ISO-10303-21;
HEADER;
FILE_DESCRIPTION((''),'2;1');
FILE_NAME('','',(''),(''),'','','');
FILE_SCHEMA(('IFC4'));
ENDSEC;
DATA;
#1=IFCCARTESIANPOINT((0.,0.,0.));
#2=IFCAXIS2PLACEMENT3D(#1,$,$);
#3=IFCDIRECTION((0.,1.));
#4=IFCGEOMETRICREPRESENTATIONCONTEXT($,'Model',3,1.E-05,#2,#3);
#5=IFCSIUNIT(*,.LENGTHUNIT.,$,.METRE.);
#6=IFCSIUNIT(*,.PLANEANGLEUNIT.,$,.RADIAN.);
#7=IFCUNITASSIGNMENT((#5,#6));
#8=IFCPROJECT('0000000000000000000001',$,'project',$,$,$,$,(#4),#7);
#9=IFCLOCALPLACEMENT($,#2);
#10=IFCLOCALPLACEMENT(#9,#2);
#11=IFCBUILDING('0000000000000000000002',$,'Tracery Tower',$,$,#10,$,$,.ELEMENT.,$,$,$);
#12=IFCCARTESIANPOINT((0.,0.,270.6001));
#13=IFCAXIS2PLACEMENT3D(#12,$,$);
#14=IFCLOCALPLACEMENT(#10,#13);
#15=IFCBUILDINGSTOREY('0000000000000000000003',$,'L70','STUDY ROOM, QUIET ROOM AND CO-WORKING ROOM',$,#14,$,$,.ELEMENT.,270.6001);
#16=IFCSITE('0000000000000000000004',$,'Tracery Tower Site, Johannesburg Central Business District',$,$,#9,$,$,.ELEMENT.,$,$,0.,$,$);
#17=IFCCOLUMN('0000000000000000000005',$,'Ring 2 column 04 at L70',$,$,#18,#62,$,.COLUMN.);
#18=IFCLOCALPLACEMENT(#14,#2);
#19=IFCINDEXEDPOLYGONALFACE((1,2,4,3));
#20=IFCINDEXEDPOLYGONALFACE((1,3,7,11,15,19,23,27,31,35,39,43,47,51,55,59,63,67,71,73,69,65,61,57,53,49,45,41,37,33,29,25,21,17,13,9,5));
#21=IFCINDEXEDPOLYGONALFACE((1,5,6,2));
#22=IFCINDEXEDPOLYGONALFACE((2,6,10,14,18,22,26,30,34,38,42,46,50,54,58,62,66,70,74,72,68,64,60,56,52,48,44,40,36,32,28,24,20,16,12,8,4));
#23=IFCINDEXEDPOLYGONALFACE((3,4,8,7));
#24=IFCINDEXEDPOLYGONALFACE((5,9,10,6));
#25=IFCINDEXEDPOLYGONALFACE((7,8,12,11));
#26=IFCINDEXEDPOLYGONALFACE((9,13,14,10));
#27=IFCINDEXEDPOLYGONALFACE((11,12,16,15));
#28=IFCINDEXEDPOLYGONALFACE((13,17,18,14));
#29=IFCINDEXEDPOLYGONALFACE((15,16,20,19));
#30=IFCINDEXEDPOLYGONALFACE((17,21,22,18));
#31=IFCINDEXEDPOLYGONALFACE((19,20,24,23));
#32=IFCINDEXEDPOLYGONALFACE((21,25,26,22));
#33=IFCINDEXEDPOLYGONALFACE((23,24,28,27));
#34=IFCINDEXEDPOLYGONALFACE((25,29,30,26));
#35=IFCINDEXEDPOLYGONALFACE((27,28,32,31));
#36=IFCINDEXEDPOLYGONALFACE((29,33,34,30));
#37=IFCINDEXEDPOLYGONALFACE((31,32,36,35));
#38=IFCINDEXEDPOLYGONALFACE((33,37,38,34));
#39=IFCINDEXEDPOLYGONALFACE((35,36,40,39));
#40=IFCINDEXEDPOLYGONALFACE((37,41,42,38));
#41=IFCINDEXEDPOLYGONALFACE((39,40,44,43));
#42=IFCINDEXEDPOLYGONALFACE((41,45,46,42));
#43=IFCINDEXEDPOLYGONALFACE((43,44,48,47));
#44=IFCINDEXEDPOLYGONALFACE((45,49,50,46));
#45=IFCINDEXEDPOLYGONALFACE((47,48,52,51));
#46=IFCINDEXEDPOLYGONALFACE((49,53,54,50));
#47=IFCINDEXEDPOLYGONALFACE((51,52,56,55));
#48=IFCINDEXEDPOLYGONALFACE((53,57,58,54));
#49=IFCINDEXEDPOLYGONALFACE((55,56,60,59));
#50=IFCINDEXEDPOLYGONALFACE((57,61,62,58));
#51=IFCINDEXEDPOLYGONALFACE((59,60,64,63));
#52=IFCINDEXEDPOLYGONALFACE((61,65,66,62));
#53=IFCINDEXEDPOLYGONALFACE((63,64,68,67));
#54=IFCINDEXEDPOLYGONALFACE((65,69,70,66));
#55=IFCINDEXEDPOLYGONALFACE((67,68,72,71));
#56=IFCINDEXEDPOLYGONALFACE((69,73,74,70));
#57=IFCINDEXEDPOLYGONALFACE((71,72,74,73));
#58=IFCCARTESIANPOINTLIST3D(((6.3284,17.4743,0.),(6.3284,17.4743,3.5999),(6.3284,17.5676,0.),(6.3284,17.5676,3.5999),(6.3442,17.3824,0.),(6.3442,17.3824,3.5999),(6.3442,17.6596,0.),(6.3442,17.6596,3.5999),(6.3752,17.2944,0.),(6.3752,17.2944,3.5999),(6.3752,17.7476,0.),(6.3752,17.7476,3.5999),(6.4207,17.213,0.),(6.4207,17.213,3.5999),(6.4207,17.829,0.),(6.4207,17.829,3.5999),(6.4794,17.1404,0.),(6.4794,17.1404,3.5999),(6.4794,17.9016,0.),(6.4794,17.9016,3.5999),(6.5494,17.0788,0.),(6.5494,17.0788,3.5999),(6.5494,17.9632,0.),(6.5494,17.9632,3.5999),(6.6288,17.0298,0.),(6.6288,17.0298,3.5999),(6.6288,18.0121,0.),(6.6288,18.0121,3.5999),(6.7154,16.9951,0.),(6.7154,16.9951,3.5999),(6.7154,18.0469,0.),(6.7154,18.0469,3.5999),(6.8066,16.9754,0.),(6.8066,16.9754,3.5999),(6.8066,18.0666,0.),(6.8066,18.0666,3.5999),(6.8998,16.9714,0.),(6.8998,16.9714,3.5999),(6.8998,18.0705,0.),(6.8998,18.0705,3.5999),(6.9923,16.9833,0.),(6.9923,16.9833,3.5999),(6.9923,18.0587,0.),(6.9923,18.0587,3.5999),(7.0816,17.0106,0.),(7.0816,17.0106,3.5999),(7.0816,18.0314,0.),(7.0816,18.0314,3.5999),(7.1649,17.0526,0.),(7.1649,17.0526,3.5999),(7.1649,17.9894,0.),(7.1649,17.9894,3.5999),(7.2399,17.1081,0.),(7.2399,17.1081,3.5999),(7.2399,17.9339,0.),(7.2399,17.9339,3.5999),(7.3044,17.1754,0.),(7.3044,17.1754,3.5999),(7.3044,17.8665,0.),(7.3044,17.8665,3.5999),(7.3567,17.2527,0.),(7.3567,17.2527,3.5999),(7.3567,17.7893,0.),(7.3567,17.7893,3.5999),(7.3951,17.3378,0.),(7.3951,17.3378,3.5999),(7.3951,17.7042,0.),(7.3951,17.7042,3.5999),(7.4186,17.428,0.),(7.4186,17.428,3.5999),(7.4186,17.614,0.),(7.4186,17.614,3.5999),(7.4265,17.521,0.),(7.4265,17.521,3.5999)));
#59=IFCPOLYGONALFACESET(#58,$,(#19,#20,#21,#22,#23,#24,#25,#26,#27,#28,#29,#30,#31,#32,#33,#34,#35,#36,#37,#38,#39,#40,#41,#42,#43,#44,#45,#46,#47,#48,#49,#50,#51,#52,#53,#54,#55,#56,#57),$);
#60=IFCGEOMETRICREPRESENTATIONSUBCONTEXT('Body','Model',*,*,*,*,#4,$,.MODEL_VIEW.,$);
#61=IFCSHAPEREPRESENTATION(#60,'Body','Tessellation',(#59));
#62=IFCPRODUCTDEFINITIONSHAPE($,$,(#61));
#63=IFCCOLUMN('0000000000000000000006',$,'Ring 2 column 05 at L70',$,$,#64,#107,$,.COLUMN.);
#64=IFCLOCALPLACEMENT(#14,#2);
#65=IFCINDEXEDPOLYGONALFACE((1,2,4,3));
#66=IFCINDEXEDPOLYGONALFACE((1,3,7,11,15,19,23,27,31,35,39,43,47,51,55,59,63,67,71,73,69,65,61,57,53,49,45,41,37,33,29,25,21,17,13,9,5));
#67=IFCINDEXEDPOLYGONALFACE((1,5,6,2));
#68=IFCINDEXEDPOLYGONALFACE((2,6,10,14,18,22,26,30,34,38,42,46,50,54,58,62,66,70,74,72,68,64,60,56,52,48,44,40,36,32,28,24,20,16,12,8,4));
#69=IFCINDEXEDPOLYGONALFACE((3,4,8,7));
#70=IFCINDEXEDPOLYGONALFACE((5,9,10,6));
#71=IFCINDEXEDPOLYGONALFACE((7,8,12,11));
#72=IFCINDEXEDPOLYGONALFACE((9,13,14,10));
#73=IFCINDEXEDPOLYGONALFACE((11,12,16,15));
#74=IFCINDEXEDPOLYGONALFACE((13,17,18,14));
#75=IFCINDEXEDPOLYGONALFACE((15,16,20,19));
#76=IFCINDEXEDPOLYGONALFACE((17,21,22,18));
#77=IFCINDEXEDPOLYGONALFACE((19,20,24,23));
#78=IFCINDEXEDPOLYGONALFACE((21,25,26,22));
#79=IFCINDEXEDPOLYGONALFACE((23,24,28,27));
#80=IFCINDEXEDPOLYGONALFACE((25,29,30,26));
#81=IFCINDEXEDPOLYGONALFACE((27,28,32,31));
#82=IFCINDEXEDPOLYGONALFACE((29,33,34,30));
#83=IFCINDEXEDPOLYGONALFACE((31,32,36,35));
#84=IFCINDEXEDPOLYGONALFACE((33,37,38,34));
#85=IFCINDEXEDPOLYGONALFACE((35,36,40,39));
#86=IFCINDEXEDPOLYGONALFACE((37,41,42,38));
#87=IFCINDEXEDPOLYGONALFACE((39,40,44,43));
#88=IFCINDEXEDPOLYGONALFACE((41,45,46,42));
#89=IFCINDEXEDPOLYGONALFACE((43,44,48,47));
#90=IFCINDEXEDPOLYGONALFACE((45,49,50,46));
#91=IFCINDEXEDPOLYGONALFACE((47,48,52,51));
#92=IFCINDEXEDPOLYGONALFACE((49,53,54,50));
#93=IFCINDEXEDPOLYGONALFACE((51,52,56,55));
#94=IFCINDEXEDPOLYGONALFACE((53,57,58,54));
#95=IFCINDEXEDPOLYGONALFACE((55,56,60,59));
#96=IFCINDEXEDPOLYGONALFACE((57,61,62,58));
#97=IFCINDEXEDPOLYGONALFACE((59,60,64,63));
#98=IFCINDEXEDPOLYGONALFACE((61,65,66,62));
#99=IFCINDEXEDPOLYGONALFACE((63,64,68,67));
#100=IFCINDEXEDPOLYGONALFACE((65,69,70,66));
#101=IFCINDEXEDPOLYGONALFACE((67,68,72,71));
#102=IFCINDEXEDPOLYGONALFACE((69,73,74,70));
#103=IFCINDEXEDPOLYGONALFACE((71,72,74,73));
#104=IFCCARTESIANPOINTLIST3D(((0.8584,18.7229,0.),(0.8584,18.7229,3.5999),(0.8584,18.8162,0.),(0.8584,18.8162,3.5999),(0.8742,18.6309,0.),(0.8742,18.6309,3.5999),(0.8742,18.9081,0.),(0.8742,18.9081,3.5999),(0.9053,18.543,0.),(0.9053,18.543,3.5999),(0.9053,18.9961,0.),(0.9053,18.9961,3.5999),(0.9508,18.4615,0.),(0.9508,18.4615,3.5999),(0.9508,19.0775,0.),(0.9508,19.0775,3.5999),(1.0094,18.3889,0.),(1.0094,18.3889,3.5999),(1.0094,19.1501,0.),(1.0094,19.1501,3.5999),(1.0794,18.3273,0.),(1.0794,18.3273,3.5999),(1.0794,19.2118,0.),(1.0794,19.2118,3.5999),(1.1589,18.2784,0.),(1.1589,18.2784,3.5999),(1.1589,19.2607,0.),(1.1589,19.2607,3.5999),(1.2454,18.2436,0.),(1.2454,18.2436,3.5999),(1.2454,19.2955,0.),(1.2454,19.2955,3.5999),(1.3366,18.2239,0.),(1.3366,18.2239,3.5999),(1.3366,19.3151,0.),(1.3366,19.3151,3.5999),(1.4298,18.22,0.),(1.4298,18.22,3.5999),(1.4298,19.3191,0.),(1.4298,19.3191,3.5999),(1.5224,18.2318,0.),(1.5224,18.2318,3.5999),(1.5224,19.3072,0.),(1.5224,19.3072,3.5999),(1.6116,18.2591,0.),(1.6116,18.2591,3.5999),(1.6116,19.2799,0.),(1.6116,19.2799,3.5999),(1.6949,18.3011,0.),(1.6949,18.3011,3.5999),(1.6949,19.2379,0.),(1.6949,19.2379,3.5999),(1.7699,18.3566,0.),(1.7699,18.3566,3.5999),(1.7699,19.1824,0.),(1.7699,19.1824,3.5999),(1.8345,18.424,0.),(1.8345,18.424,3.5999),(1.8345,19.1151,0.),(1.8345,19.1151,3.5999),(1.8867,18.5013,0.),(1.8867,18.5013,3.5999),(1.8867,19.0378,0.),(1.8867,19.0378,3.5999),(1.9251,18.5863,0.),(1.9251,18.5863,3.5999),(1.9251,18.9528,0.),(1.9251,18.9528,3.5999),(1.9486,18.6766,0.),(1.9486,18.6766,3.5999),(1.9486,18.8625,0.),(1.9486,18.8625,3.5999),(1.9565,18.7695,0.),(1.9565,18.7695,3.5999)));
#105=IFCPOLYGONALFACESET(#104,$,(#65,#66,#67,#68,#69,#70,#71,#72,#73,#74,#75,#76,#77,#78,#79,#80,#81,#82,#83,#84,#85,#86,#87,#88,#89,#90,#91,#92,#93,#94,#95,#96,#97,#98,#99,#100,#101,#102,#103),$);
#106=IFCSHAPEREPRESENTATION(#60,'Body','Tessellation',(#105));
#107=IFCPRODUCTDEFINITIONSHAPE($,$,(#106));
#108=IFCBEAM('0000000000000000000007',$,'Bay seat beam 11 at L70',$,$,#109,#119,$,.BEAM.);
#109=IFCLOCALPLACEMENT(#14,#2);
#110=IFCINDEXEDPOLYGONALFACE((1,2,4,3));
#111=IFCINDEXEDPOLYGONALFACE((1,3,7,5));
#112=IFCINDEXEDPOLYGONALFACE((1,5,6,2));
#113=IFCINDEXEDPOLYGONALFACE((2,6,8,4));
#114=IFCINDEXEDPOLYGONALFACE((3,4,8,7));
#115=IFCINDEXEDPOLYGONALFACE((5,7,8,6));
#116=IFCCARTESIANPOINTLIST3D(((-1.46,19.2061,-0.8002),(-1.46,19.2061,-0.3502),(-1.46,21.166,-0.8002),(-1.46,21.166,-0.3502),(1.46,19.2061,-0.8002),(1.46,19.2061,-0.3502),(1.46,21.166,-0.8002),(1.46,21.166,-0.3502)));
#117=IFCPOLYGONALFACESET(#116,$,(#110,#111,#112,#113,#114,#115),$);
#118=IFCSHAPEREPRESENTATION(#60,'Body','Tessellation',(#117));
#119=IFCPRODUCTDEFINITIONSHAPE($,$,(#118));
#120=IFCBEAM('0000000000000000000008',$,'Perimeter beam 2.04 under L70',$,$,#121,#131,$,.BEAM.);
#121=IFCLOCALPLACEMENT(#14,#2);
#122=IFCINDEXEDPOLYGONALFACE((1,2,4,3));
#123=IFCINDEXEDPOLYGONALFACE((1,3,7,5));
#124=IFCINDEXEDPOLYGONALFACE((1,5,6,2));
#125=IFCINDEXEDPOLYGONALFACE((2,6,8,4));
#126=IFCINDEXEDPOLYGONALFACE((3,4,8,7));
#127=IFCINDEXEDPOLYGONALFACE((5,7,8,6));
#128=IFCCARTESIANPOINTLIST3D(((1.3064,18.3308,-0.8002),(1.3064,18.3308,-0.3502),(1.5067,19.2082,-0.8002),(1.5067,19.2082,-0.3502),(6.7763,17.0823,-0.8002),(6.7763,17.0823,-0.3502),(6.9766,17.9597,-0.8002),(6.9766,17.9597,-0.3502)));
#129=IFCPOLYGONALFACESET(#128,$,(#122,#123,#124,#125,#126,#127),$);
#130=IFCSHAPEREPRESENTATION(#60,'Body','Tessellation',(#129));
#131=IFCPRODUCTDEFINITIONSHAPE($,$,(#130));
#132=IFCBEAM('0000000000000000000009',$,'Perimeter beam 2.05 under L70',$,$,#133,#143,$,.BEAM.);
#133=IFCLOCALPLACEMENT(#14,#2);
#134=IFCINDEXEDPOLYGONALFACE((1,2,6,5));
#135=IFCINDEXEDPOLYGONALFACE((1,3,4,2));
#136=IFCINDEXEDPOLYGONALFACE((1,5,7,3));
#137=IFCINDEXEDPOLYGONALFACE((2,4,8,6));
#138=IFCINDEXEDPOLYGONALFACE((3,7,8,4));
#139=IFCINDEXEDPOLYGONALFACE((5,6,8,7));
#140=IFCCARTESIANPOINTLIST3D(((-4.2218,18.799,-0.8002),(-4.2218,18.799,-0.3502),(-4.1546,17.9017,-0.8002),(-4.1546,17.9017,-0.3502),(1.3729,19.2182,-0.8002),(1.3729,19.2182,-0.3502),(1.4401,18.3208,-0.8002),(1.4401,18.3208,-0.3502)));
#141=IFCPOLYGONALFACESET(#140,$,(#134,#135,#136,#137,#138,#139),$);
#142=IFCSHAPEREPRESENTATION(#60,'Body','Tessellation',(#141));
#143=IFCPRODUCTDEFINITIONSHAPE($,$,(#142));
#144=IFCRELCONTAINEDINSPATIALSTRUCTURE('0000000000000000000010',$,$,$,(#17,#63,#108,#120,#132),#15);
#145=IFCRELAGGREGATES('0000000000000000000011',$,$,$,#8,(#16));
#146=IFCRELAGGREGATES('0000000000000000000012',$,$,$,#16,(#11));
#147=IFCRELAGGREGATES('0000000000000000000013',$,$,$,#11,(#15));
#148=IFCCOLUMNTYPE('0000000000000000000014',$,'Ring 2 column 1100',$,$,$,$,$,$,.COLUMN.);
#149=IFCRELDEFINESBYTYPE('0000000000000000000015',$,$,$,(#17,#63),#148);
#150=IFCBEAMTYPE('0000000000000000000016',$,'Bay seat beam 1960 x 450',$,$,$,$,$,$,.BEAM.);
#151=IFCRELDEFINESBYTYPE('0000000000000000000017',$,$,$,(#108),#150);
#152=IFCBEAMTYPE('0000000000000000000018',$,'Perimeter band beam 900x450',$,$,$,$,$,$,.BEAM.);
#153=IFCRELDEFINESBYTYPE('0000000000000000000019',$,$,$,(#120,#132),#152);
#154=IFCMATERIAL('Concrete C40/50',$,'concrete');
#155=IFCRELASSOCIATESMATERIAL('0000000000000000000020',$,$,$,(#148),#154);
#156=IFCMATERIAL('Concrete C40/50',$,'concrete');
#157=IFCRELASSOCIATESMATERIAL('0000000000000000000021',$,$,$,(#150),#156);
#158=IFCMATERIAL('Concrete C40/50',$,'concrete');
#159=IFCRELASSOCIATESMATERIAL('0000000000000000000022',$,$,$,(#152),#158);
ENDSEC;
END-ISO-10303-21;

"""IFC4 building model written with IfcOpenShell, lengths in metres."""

from ifc_helpers import new_model, si_unit, direction, frame, origin, origin_2d, place, context, subcontext, project, spatial, rectangle, circle, extrude, material, material_profile, profile_set, type_object, element, save


model = new_model("IFC4")

# Units and contexts
model_context = context("Model", 3, precision=1e-05, world=origin(), true_north=direction((0.0, 1.0)))
body_context = subcontext(model_context, "Body", "Model", "MODEL_VIEW")
ifc_project = project(units=[si_unit("LENGTHUNIT", "METRE"), si_unit("PLANEANGLEUNIT", "RADIAN")], contexts=[model_context])

# Site, building, storey
site_placement = place(None, origin())
site = spatial("IfcSite", under=ifc_project, at=site_placement, Name="Tracery Tower Site, Johannesburg Central Business District", CompositionType="ELEMENT", RefElevation=0.0)
building_placement = place(site_placement, origin())
building = spatial("IfcBuilding", under=site, at=building_placement, Name="Tracery Tower", CompositionType="ELEMENT")
storey_placement = place(building_placement, frame((0.0, 0.0, 270.6001)))
storey = spatial("IfcBuildingStorey", under=building, at=storey_placement, Name="L70", Description="STUDY ROOM, QUIET ROOM AND CO-WORKING ROOM", CompositionType="ELEMENT", Elevation=270.6001)

# Columns
ifc_material_1 = material(Name="Concrete C40/50", Category="concrete")
ifc_material_profile_1 = material_profile(ifc_material_1, circle(Radius=0.55, at=origin_2d()), Name="RC D1100")
ifc_profile_set_1 = profile_set([ifc_material_profile_1], Name="Concrete C40/50")
column_type = type_object("IfcColumnType", Name="Ring 2 column 1100", PredefinedType="COLUMN", material=ifc_profile_set_1)
for number, where, z_axis, x_axis, name in (
    (1, (6.8765, 17.521, 0.0), (0.0, 0.0, 1.0), (1.0, 0.0, 0.0), "Ring 2 column 04 at L70"),
    (2, (1.4065, 18.7695, 0.0), (0.0, 0.0, 1.0), (1.0, 0.0, 0.0), "Ring 2 column 05 at L70"),
):
    element("IfcColumn", number, at=place(storey_placement, frame(where, z_axis=z_axis, x_axis=x_axis)), inside=storey, type_object=column_type, Name=name, PredefinedType="COLUMN", context=body_context, shape_type="SweptSolid", body=[
        extrude(circle(Radius=0.55, at=origin_2d()), origin(), (0.0, 0.0, 1.0), 3.5999),
    ])

# Beams
ifc_material_2 = material(Name="Concrete C40/50", Category="concrete")
ifc_material_profile_2 = material_profile(ifc_material_2, rectangle(XDim=1.96, YDim=0.45, at=origin_2d()), Name="RC 1960x450")
ifc_profile_set_2 = profile_set([ifc_material_profile_2], Name="Concrete C40/50")
beam_type_1 = type_object("IfcBeamType", Name="Bay seat beam 1960 x 450", PredefinedType="BEAM", material=ifc_profile_set_2)
beam_1_placement = place(storey_placement, frame((1.46, 20.186, -0.5752), z_axis=(-1.0, 0.0, 0.0), x_axis=(0.0, -1.0, 0.0)))
element("IfcBeam", 3, at=beam_1_placement, inside=storey, type_object=beam_type_1, Name="Bay seat beam 11 at L70", PredefinedType="BEAM", context=body_context, shape_type="SweptSolid", body=[
    extrude(rectangle(XDim=1.96, YDim=0.45, at=origin_2d()), origin(), (0.0, 0.0, 1.0), 2.9199),
])
ifc_material_3 = material(Name="Concrete C40/50", Category="concrete")
ifc_material_profile_3 = material_profile(ifc_material_3, rectangle(XDim=0.8999, YDim=0.45, at=origin_2d()), Name="RC 900x450")
ifc_profile_set_3 = profile_set([ifc_material_profile_3], Name="Concrete C40/50")
beam_type_2 = type_object("IfcBeamType", Name="Perimeter band beam 900x450", PredefinedType="BEAM", material=ifc_profile_set_3)
beam_2_placement = place(storey_placement, frame((6.8765, 17.521, -0.5752), z_axis=(-0.974926, 0.222529, 0.0), x_axis=(-0.222529, -0.974926, 0.0)))
element("IfcBeam", 4, at=beam_2_placement, inside=storey, type_object=beam_type_2, Name="Perimeter beam 2.04 under L70", PredefinedType="BEAM", context=body_context, shape_type="SweptSolid", body=[
    extrude(rectangle(XDim=0.8999, YDim=0.45, at=origin_2d()), origin(), (0.0, 0.0, 1.0), 5.6106),
])
beam_3_placement = place(storey_placement, frame((1.4065, 18.7695, -0.5752), z_axis=(-0.997205, -0.074716, 0.0), x_axis=(0.074716, -0.997205, 0.0)))
element("IfcBeam", 5, at=beam_3_placement, inside=storey, type_object=beam_type_2, Name="Perimeter beam 2.05 under L70", PredefinedType="BEAM", context=body_context, shape_type="SweptSolid", body=[
    extrude(rectangle(XDim=0.8999, YDim=0.45, at=origin_2d()), origin(), (0.0, 0.0, 1.0), 5.6104),
])

save(model, "model.ifc")
